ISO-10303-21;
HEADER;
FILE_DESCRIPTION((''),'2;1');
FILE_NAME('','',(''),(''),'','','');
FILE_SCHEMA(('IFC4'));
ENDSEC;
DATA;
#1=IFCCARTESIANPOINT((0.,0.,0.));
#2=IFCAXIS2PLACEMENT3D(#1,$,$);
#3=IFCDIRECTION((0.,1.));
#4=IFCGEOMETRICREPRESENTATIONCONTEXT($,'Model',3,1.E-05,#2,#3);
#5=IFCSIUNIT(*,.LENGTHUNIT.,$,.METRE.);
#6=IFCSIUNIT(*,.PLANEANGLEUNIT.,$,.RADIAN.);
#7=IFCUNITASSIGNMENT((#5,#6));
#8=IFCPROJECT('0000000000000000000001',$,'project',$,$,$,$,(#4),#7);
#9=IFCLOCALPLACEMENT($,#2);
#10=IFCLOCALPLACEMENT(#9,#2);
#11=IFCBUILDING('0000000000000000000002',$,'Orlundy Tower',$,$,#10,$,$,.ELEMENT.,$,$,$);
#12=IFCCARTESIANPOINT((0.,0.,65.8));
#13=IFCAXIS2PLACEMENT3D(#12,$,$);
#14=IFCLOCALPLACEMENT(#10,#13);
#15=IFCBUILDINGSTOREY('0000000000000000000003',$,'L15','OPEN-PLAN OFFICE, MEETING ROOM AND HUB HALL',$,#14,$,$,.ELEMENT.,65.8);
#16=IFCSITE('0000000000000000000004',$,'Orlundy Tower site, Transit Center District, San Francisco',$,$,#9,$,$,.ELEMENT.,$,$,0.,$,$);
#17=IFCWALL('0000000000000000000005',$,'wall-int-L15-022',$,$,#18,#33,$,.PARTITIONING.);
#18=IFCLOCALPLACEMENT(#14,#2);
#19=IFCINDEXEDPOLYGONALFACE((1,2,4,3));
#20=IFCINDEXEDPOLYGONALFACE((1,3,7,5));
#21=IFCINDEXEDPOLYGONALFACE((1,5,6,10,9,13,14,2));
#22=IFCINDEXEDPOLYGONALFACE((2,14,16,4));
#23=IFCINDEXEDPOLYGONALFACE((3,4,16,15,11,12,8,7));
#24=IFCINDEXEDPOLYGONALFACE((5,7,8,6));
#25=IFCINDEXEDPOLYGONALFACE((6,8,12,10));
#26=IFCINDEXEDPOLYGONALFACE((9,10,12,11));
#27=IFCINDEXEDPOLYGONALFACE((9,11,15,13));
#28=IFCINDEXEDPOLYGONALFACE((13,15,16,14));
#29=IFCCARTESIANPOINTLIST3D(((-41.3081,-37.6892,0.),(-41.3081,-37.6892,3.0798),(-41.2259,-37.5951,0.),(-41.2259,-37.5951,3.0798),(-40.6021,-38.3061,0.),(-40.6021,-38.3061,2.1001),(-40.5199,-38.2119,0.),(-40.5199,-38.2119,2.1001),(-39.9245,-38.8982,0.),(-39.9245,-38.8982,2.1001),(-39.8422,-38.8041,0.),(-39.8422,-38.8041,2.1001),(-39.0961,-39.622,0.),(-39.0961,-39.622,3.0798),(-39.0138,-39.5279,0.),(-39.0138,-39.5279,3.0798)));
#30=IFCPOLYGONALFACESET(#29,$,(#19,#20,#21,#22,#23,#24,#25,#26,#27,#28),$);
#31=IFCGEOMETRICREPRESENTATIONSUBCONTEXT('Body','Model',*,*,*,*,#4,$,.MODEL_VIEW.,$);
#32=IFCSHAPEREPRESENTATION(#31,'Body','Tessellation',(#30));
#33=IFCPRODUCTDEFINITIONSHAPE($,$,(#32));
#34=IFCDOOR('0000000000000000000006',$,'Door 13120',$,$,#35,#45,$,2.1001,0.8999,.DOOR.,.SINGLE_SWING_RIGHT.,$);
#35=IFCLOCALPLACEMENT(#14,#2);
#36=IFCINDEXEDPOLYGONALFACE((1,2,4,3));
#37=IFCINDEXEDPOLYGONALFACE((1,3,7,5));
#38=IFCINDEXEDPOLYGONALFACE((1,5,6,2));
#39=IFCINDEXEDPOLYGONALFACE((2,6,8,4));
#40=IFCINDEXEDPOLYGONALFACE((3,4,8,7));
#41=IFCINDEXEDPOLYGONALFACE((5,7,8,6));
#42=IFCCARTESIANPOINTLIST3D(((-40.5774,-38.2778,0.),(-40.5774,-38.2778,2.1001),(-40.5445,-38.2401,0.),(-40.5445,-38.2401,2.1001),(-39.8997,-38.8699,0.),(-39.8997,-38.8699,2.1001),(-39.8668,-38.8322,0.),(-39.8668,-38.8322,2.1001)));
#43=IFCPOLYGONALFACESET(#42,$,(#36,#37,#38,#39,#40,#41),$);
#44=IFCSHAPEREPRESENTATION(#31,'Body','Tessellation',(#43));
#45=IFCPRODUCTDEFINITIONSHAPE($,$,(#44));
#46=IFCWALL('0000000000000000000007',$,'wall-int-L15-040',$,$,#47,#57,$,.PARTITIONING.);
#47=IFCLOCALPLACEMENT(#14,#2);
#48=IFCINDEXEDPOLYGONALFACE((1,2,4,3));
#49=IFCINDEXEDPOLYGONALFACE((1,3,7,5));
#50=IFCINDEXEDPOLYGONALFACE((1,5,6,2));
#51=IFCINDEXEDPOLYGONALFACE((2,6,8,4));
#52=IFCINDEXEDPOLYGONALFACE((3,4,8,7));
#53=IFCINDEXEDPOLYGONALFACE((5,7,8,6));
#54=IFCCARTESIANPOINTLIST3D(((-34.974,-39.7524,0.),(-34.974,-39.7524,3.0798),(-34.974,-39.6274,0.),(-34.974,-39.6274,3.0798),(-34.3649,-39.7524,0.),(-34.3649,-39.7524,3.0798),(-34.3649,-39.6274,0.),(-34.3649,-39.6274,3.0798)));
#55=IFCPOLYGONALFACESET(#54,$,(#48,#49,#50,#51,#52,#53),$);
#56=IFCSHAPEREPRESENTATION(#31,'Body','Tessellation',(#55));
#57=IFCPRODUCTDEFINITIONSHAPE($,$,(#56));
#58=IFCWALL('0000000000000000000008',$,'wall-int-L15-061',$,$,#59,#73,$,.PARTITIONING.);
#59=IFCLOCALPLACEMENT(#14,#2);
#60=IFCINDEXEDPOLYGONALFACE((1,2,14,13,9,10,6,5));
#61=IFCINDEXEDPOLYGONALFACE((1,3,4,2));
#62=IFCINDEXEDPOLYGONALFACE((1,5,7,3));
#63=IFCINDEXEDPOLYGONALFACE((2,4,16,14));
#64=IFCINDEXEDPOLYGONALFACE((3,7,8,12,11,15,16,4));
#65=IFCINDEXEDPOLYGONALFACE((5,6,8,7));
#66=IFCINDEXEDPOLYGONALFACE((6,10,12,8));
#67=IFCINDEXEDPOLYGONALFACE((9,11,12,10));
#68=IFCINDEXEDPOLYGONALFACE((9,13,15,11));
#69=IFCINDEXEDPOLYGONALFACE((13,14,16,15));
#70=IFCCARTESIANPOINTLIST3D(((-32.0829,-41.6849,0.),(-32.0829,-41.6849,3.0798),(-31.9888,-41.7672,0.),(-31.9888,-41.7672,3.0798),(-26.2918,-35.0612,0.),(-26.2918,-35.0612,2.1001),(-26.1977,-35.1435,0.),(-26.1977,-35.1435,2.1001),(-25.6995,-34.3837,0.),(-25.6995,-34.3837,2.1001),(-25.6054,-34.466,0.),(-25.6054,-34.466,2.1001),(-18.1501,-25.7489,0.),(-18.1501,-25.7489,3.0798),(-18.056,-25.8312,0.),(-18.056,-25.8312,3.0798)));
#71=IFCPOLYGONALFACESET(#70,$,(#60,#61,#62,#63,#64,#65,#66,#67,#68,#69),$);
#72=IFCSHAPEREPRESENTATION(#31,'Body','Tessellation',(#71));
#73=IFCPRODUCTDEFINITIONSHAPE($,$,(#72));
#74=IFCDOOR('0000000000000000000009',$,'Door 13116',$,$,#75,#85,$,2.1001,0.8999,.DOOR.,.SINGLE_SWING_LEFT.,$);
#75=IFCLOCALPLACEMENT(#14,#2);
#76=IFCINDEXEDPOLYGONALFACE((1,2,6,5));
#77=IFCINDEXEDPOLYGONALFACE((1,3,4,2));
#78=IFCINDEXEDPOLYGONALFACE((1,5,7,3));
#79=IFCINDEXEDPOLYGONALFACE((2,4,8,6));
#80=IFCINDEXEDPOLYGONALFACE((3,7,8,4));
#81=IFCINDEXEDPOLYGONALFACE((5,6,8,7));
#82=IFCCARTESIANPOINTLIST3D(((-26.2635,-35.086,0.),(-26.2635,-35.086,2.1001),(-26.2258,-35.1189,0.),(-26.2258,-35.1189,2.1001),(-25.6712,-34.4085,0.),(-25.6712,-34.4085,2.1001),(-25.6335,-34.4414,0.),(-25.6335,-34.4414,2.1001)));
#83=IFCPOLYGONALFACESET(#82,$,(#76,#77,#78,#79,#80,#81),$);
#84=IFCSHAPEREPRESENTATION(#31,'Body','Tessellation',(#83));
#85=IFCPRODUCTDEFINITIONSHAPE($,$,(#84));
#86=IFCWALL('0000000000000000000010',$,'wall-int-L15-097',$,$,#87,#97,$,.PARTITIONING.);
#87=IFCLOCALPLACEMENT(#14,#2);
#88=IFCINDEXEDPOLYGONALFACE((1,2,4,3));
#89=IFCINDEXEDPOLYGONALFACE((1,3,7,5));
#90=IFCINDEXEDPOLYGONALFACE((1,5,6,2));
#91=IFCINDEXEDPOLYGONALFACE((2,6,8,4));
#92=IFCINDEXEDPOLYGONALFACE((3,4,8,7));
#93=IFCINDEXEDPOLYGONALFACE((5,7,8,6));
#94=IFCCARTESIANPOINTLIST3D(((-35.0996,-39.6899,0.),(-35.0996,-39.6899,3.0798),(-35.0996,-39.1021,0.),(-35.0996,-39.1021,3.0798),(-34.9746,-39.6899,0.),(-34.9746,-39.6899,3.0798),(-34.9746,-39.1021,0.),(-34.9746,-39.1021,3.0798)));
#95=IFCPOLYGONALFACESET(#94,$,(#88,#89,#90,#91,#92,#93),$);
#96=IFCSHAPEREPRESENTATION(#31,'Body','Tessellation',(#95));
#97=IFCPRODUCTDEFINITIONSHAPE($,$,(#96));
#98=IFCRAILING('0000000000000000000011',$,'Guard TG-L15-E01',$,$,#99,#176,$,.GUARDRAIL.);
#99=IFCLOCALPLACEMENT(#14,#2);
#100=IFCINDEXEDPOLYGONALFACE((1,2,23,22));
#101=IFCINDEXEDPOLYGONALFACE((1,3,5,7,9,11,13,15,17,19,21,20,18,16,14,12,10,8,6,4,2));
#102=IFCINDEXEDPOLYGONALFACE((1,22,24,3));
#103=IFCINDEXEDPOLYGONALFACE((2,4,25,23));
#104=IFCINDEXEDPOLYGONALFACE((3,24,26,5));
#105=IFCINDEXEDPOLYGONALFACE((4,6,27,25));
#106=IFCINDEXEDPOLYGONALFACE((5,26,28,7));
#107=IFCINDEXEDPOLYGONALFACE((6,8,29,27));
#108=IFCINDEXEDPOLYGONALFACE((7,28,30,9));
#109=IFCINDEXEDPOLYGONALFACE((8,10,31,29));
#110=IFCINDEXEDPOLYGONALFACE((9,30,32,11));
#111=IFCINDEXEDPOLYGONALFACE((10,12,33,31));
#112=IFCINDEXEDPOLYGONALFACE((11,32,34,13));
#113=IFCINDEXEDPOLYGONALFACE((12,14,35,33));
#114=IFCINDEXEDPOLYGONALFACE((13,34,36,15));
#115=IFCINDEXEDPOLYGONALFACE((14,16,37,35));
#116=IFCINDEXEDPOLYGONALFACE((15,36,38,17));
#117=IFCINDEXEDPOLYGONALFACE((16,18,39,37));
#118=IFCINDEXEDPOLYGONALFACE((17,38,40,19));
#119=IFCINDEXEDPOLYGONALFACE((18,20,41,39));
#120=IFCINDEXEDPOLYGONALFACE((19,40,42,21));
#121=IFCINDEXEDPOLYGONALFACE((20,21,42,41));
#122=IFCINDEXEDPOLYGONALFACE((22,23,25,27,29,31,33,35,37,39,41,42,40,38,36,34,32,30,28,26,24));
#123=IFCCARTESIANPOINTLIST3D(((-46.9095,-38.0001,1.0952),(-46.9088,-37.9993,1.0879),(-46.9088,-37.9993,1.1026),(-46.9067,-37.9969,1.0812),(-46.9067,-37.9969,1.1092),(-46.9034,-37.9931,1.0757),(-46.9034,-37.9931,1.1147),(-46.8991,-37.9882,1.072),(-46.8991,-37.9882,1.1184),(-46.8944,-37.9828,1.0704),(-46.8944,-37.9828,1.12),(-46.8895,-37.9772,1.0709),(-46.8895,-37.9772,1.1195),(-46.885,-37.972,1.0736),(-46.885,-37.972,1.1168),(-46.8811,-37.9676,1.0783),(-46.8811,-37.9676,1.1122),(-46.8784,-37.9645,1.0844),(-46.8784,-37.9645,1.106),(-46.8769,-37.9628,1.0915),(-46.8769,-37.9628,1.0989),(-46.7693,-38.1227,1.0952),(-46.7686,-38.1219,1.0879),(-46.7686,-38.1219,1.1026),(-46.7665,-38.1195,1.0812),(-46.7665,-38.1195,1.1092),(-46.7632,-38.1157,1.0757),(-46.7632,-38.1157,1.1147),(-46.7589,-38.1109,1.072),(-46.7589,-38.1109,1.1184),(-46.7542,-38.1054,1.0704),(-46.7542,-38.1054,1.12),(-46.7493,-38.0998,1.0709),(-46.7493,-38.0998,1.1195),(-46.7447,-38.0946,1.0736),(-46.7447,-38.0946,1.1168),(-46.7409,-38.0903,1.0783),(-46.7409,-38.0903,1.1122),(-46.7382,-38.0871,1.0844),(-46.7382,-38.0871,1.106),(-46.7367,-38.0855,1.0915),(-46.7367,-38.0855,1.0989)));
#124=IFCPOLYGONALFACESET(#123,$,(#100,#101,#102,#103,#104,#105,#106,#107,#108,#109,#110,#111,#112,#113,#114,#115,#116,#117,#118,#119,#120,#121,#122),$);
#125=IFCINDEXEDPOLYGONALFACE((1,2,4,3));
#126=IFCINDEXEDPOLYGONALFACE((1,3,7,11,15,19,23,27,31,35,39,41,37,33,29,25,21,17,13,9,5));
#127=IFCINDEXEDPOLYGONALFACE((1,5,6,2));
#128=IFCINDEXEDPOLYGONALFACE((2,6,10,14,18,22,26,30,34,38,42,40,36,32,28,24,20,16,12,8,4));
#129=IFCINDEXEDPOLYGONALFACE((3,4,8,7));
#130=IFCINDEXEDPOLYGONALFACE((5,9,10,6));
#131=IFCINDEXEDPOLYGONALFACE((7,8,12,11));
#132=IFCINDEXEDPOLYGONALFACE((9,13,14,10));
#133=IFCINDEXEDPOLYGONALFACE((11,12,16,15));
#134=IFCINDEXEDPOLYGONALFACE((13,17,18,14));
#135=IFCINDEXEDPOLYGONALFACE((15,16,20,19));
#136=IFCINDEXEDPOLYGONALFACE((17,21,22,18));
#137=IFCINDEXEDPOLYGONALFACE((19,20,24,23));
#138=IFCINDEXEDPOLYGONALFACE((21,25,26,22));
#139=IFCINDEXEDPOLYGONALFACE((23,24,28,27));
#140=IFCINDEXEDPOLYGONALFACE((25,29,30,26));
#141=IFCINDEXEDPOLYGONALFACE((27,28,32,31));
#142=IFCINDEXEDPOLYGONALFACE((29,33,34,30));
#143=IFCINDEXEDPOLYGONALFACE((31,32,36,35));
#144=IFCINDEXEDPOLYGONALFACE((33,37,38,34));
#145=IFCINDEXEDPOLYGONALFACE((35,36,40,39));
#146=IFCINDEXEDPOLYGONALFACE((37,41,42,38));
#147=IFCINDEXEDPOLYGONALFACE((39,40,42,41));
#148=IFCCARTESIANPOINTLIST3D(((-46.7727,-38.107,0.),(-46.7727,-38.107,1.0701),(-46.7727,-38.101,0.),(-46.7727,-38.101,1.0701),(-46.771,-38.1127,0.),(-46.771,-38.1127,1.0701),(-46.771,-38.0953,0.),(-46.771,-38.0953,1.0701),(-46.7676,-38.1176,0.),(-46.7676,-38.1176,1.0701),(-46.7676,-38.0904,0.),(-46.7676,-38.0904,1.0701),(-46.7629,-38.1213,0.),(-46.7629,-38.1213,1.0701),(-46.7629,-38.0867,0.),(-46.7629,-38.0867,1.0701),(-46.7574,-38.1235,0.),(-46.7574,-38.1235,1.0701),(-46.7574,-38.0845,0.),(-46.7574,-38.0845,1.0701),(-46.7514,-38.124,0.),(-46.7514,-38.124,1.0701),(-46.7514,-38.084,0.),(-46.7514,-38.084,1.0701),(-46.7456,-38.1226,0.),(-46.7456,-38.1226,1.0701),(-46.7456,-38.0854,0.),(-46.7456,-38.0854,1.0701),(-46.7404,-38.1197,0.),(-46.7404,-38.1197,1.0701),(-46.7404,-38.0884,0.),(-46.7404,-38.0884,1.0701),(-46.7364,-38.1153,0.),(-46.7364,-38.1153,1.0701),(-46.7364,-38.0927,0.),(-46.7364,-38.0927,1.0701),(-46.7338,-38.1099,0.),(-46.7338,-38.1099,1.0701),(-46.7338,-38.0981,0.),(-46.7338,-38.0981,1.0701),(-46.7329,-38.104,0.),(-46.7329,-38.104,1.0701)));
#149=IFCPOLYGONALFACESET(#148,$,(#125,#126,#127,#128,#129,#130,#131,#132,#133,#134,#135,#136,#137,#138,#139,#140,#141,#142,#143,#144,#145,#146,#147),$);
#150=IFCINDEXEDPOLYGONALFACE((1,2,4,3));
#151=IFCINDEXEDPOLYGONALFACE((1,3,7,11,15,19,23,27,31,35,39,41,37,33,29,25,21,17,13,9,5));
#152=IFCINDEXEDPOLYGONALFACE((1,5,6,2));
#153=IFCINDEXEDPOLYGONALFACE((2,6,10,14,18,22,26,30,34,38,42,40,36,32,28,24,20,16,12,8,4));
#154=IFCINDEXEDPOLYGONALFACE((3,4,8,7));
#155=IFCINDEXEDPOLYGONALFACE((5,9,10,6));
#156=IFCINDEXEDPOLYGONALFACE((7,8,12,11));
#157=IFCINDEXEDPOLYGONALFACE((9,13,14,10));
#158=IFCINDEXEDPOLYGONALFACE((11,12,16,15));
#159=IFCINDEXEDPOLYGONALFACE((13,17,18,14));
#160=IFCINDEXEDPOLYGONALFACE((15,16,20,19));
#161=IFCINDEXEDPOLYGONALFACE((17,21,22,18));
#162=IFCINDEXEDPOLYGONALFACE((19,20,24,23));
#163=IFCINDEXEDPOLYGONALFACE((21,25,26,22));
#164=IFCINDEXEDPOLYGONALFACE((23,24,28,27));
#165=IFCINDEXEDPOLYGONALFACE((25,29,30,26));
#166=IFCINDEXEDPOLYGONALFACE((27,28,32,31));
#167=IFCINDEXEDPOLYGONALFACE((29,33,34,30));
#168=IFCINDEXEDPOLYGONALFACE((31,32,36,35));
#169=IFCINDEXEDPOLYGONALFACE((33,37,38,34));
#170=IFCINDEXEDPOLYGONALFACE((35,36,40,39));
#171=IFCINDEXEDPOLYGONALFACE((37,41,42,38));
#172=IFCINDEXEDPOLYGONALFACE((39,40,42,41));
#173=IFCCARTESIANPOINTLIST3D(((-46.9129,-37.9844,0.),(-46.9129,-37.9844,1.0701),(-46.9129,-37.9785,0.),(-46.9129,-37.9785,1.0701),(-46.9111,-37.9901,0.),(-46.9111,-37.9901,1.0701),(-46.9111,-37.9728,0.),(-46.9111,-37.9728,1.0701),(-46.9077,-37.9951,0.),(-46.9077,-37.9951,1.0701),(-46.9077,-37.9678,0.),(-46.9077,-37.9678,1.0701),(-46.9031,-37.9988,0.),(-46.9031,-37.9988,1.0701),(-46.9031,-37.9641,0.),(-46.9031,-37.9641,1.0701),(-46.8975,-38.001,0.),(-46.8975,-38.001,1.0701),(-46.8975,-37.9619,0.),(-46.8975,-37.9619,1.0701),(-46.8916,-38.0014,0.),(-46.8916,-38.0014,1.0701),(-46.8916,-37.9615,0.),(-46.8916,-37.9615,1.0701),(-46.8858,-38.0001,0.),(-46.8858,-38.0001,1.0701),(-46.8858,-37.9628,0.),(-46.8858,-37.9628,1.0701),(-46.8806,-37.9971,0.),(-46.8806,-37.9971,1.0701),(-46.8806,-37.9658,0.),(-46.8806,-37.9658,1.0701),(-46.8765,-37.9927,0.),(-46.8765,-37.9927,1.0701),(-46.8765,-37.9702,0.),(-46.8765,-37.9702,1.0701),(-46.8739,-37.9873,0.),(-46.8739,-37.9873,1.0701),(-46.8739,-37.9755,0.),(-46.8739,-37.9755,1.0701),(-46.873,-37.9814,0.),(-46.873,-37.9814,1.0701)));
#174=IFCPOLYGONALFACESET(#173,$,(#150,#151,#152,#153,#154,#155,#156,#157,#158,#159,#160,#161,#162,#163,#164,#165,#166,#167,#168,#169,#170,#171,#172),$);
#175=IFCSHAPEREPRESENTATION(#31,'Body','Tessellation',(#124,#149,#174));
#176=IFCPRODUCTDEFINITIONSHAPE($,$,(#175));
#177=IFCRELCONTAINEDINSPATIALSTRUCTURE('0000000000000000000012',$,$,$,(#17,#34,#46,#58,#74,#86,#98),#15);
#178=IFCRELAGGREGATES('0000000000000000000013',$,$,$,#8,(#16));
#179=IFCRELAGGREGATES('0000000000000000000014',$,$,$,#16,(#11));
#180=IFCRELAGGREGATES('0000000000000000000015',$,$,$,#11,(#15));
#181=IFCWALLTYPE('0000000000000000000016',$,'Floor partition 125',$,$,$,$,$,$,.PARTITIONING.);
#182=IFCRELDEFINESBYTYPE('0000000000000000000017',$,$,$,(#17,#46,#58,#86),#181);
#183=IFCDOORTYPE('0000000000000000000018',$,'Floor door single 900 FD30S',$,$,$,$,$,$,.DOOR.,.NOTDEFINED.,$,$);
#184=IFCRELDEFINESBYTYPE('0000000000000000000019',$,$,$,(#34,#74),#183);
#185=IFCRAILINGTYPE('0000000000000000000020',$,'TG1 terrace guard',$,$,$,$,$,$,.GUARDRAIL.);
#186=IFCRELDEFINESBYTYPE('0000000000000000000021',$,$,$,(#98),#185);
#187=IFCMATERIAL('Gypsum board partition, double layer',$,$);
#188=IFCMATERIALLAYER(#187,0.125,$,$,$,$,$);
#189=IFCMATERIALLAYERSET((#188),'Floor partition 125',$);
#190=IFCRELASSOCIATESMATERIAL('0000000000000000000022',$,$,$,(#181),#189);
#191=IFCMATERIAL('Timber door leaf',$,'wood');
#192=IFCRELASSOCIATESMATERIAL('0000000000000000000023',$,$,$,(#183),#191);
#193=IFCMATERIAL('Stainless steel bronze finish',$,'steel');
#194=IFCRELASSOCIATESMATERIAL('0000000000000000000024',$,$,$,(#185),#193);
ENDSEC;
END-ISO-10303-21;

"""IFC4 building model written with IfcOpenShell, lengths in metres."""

from ifc_helpers import new_model, si_unit, direction, frame, frame_2d, origin, origin_2d, place, context, subcontext, project, spatial, rectangle, circle, extrude, material, layer, layer_set, type_object, element, fill, save


model = new_model("IFC4")

# Units and contexts
model_context = context("Model", 3, precision=1e-05, world=origin(), true_north=direction((0.0, 1.0)))
body_context = subcontext(model_context, "Body", "Model", "MODEL_VIEW")
ifc_project = project(units=[si_unit("LENGTHUNIT", "METRE"), si_unit("PLANEANGLEUNIT", "RADIAN")], contexts=[model_context])

# Site, building, storey
site_placement = place(None, origin())
site = spatial("IfcSite", under=ifc_project, at=site_placement, Name="Orlundy Tower site, Transit Center District, San Francisco", CompositionType="ELEMENT", RefElevation=0.0)
building_placement = place(site_placement, origin())
building = spatial("IfcBuilding", under=site, at=building_placement, Name="Orlundy Tower", CompositionType="ELEMENT")
storey_placement = place(building_placement, frame((0.0, 0.0, 65.8)))
storey = spatial("IfcBuildingStorey", under=building, at=storey_placement, Name="L15", Description="OPEN-PLAN OFFICE, MEETING ROOM AND HUB HALL", CompositionType="ELEMENT", Elevation=65.8)

# Wall, opening, door
ifc_material_1 = material(Name="Gypsum board partition, double layer")
ifc_layer_1 = layer(ifc_material_1, 0.125)
ifc_layer_set_1 = layer_set([ifc_layer_1], Name="Floor partition 125")
wall_type_1 = type_object("IfcWallType", Name="Floor partition 125", PredefinedType="PARTITIONING", material=ifc_layer_set_1)
ifc_material_2 = material(Name="Timber door leaf", Category="wood")
door_type = type_object("IfcDoorType", Name="Floor door single 900 FD30S", OperationType="NOTDEFINED", PredefinedType="DOOR", material=ifc_material_2)
wall_1_placement = place(storey_placement, frame((-39.0549, -39.575, 0.0), z_axis=(0.0, 0.0, 1.0), x_axis=(-0.753045, 0.657969, 0.0)))
wall_1 = element("IfcWall", 1, at=wall_1_placement, inside=storey, type_object=wall_type_1, Name="wall-int-L15-022", PredefinedType="PARTITIONING", context=body_context, shape_type="SweptSolid", body=[
    extrude(rectangle(XDim=2.9375, YDim=0.125, at=frame_2d((1.4688, 0.0))), origin(), (0.0, 0.0, 1.0), 3.0798),
])
opening_1_placement = place(wall_1_placement, frame((1.1001, 0.0, 0.0)))
opening_1 = element("IfcOpeningElement", 2, at=opening_1_placement, cuts=wall_1, PredefinedType="OPENING", context=body_context, shape_type="SweptSolid", body=[
    extrude(rectangle(XDim=0.8999, YDim=2.1001, at=frame_2d((0.45, 1.05))), frame((0.0, 0.0725, 0.0), z_axis=(0.0, -1.0, 0.0), x_axis=(1.0, 0.0, 0.0)), (0.0, 0.0, 1.0), 0.145),
])
door_1_placement = place(opening_1_placement, origin())
door_1 = element("IfcDoor", 3, at=door_1_placement, inside=storey, type_object=door_type, Name="Door 13120", OperationType="SINGLE_SWING_RIGHT", OverallHeight=2.1001, OverallWidth=0.8999, PredefinedType="DOOR", context=body_context, shape_type="SweptSolid", body=[
    extrude(rectangle(XDim=0.8999, YDim=2.1001, at=frame_2d((0.45, 1.05))), frame((0.0, 0.0249, 0.0), z_axis=(0.0, -1.0, 0.0), x_axis=(1.0, 0.0, 0.0)), (0.0, 0.0, 1.0), 0.05),
])
fill(opening_1, door_1)

# Wall
wall_2_placement = place(storey_placement, frame((-34.9741, -39.6899, 0.0), z_axis=(0.0, 0.0, 1.0), x_axis=(1.0, 0.0, 0.0)))
element("IfcWall", 4, at=wall_2_placement, inside=storey, type_object=wall_type_1, Name="wall-int-L15-040", PredefinedType="PARTITIONING", context=body_context, shape_type="SweptSolid", body=[
    extrude(rectangle(XDim=0.6091, YDim=0.125, at=frame_2d((0.3047, 0.0))), origin(), (0.0, 0.0, 1.0), 3.0798),
])

# Wall, opening, door
wall_3_placement = place(storey_placement, frame((-32.0359, -41.7261, 0.0), z_axis=(0.0, 0.0, 1.0), x_axis=(0.658206, 0.752838, 0.0)))
wall_3 = element("IfcWall", 5, at=wall_3_placement, inside=storey, type_object=wall_type_1, Name="wall-int-L15-061", PredefinedType="PARTITIONING", context=body_context, shape_type="SweptSolid", body=[
    extrude(rectangle(XDim=21.168, YDim=0.125, at=frame_2d((10.584, 0.0))), origin(), (0.0, 0.0, 1.0), 3.0798),
])
opening_2_placement = place(wall_3_placement, frame((8.7983, 0.0, 0.0)))
opening_2 = element("IfcOpeningElement", 6, at=opening_2_placement, cuts=wall_3, PredefinedType="OPENING", context=body_context, shape_type="SweptSolid", body=[
    extrude(rectangle(XDim=0.8999, YDim=2.1001, at=frame_2d((0.45, 1.05))), frame((0.0, 0.0725, 0.0), z_axis=(0.0, -1.0, 0.0), x_axis=(1.0, 0.0, 0.0)), (0.0, 0.0, 1.0), 0.145),
])
door_2_placement = place(opening_2_placement, origin())
door_2 = element("IfcDoor", 7, at=door_2_placement, inside=storey, type_object=door_type, Name="Door 13116", OperationType="SINGLE_SWING_LEFT", OverallHeight=2.1001, OverallWidth=0.8999, PredefinedType="DOOR", context=body_context, shape_type="SweptSolid", body=[
    extrude(rectangle(XDim=0.8999, YDim=2.1001, at=frame_2d((0.45, 1.05))), frame((0.0, 0.0249, 0.0), z_axis=(0.0, -1.0, 0.0), x_axis=(1.0, 0.0, 0.0)), (0.0, 0.0, 1.0), 0.05),
])
fill(opening_2, door_2)

# Wall
wall_4_placement = place(storey_placement, frame((-35.0371, -39.6899, 0.0), z_axis=(0.0, 0.0, 1.0), x_axis=(0.0, 1.0, 0.0)))
element("IfcWall", 8, at=wall_4_placement, inside=storey, type_object=wall_type_1, Name="wall-int-L15-097", PredefinedType="PARTITIONING", context=body_context, shape_type="SweptSolid", body=[
    extrude(rectangle(XDim=0.5879, YDim=0.125, at=frame_2d((0.2939, 0.0))), origin(), (0.0, 0.0, 1.0), 3.0798),
])

# Railing
ifc_material_3 = material(Name="Stainless steel bronze finish", Category="steel")
railing_type = type_object("IfcRailingType", Name="TG1 terrace guard", PredefinedType="GUARDRAIL", material=ifc_material_3)
railing_placement = place(storey_placement, frame((-46.7529, -38.104, 0.0)))
element("IfcRailing", 9, at=railing_placement, inside=storey, type_object=railing_type, Name="Guard TG-L15-E01", PredefinedType="GUARDRAIL", context=body_context, shape_type="SweptSolid", body=[
    extrude(circle(Radius=0.0249, at=origin_2d()), frame((0.0, 0.0, 1.0952), z_axis=(-0.752739, 0.658319, 0.0), x_axis=(-0.658319, -0.752739, 0.0)), (0.0, 0.0, 1.0), 0.1863),
    extrude(circle(Radius=0.02, at=origin_2d()), origin(), (0.0, 0.0, 1.0), 1.0701),
    extrude(circle(Radius=0.02, at=origin_2d()), frame((-0.1401, 0.1226, 0.0)), (0.0, 0.0, 1.0), 1.0701),
])

save(model, "model.ifc")
